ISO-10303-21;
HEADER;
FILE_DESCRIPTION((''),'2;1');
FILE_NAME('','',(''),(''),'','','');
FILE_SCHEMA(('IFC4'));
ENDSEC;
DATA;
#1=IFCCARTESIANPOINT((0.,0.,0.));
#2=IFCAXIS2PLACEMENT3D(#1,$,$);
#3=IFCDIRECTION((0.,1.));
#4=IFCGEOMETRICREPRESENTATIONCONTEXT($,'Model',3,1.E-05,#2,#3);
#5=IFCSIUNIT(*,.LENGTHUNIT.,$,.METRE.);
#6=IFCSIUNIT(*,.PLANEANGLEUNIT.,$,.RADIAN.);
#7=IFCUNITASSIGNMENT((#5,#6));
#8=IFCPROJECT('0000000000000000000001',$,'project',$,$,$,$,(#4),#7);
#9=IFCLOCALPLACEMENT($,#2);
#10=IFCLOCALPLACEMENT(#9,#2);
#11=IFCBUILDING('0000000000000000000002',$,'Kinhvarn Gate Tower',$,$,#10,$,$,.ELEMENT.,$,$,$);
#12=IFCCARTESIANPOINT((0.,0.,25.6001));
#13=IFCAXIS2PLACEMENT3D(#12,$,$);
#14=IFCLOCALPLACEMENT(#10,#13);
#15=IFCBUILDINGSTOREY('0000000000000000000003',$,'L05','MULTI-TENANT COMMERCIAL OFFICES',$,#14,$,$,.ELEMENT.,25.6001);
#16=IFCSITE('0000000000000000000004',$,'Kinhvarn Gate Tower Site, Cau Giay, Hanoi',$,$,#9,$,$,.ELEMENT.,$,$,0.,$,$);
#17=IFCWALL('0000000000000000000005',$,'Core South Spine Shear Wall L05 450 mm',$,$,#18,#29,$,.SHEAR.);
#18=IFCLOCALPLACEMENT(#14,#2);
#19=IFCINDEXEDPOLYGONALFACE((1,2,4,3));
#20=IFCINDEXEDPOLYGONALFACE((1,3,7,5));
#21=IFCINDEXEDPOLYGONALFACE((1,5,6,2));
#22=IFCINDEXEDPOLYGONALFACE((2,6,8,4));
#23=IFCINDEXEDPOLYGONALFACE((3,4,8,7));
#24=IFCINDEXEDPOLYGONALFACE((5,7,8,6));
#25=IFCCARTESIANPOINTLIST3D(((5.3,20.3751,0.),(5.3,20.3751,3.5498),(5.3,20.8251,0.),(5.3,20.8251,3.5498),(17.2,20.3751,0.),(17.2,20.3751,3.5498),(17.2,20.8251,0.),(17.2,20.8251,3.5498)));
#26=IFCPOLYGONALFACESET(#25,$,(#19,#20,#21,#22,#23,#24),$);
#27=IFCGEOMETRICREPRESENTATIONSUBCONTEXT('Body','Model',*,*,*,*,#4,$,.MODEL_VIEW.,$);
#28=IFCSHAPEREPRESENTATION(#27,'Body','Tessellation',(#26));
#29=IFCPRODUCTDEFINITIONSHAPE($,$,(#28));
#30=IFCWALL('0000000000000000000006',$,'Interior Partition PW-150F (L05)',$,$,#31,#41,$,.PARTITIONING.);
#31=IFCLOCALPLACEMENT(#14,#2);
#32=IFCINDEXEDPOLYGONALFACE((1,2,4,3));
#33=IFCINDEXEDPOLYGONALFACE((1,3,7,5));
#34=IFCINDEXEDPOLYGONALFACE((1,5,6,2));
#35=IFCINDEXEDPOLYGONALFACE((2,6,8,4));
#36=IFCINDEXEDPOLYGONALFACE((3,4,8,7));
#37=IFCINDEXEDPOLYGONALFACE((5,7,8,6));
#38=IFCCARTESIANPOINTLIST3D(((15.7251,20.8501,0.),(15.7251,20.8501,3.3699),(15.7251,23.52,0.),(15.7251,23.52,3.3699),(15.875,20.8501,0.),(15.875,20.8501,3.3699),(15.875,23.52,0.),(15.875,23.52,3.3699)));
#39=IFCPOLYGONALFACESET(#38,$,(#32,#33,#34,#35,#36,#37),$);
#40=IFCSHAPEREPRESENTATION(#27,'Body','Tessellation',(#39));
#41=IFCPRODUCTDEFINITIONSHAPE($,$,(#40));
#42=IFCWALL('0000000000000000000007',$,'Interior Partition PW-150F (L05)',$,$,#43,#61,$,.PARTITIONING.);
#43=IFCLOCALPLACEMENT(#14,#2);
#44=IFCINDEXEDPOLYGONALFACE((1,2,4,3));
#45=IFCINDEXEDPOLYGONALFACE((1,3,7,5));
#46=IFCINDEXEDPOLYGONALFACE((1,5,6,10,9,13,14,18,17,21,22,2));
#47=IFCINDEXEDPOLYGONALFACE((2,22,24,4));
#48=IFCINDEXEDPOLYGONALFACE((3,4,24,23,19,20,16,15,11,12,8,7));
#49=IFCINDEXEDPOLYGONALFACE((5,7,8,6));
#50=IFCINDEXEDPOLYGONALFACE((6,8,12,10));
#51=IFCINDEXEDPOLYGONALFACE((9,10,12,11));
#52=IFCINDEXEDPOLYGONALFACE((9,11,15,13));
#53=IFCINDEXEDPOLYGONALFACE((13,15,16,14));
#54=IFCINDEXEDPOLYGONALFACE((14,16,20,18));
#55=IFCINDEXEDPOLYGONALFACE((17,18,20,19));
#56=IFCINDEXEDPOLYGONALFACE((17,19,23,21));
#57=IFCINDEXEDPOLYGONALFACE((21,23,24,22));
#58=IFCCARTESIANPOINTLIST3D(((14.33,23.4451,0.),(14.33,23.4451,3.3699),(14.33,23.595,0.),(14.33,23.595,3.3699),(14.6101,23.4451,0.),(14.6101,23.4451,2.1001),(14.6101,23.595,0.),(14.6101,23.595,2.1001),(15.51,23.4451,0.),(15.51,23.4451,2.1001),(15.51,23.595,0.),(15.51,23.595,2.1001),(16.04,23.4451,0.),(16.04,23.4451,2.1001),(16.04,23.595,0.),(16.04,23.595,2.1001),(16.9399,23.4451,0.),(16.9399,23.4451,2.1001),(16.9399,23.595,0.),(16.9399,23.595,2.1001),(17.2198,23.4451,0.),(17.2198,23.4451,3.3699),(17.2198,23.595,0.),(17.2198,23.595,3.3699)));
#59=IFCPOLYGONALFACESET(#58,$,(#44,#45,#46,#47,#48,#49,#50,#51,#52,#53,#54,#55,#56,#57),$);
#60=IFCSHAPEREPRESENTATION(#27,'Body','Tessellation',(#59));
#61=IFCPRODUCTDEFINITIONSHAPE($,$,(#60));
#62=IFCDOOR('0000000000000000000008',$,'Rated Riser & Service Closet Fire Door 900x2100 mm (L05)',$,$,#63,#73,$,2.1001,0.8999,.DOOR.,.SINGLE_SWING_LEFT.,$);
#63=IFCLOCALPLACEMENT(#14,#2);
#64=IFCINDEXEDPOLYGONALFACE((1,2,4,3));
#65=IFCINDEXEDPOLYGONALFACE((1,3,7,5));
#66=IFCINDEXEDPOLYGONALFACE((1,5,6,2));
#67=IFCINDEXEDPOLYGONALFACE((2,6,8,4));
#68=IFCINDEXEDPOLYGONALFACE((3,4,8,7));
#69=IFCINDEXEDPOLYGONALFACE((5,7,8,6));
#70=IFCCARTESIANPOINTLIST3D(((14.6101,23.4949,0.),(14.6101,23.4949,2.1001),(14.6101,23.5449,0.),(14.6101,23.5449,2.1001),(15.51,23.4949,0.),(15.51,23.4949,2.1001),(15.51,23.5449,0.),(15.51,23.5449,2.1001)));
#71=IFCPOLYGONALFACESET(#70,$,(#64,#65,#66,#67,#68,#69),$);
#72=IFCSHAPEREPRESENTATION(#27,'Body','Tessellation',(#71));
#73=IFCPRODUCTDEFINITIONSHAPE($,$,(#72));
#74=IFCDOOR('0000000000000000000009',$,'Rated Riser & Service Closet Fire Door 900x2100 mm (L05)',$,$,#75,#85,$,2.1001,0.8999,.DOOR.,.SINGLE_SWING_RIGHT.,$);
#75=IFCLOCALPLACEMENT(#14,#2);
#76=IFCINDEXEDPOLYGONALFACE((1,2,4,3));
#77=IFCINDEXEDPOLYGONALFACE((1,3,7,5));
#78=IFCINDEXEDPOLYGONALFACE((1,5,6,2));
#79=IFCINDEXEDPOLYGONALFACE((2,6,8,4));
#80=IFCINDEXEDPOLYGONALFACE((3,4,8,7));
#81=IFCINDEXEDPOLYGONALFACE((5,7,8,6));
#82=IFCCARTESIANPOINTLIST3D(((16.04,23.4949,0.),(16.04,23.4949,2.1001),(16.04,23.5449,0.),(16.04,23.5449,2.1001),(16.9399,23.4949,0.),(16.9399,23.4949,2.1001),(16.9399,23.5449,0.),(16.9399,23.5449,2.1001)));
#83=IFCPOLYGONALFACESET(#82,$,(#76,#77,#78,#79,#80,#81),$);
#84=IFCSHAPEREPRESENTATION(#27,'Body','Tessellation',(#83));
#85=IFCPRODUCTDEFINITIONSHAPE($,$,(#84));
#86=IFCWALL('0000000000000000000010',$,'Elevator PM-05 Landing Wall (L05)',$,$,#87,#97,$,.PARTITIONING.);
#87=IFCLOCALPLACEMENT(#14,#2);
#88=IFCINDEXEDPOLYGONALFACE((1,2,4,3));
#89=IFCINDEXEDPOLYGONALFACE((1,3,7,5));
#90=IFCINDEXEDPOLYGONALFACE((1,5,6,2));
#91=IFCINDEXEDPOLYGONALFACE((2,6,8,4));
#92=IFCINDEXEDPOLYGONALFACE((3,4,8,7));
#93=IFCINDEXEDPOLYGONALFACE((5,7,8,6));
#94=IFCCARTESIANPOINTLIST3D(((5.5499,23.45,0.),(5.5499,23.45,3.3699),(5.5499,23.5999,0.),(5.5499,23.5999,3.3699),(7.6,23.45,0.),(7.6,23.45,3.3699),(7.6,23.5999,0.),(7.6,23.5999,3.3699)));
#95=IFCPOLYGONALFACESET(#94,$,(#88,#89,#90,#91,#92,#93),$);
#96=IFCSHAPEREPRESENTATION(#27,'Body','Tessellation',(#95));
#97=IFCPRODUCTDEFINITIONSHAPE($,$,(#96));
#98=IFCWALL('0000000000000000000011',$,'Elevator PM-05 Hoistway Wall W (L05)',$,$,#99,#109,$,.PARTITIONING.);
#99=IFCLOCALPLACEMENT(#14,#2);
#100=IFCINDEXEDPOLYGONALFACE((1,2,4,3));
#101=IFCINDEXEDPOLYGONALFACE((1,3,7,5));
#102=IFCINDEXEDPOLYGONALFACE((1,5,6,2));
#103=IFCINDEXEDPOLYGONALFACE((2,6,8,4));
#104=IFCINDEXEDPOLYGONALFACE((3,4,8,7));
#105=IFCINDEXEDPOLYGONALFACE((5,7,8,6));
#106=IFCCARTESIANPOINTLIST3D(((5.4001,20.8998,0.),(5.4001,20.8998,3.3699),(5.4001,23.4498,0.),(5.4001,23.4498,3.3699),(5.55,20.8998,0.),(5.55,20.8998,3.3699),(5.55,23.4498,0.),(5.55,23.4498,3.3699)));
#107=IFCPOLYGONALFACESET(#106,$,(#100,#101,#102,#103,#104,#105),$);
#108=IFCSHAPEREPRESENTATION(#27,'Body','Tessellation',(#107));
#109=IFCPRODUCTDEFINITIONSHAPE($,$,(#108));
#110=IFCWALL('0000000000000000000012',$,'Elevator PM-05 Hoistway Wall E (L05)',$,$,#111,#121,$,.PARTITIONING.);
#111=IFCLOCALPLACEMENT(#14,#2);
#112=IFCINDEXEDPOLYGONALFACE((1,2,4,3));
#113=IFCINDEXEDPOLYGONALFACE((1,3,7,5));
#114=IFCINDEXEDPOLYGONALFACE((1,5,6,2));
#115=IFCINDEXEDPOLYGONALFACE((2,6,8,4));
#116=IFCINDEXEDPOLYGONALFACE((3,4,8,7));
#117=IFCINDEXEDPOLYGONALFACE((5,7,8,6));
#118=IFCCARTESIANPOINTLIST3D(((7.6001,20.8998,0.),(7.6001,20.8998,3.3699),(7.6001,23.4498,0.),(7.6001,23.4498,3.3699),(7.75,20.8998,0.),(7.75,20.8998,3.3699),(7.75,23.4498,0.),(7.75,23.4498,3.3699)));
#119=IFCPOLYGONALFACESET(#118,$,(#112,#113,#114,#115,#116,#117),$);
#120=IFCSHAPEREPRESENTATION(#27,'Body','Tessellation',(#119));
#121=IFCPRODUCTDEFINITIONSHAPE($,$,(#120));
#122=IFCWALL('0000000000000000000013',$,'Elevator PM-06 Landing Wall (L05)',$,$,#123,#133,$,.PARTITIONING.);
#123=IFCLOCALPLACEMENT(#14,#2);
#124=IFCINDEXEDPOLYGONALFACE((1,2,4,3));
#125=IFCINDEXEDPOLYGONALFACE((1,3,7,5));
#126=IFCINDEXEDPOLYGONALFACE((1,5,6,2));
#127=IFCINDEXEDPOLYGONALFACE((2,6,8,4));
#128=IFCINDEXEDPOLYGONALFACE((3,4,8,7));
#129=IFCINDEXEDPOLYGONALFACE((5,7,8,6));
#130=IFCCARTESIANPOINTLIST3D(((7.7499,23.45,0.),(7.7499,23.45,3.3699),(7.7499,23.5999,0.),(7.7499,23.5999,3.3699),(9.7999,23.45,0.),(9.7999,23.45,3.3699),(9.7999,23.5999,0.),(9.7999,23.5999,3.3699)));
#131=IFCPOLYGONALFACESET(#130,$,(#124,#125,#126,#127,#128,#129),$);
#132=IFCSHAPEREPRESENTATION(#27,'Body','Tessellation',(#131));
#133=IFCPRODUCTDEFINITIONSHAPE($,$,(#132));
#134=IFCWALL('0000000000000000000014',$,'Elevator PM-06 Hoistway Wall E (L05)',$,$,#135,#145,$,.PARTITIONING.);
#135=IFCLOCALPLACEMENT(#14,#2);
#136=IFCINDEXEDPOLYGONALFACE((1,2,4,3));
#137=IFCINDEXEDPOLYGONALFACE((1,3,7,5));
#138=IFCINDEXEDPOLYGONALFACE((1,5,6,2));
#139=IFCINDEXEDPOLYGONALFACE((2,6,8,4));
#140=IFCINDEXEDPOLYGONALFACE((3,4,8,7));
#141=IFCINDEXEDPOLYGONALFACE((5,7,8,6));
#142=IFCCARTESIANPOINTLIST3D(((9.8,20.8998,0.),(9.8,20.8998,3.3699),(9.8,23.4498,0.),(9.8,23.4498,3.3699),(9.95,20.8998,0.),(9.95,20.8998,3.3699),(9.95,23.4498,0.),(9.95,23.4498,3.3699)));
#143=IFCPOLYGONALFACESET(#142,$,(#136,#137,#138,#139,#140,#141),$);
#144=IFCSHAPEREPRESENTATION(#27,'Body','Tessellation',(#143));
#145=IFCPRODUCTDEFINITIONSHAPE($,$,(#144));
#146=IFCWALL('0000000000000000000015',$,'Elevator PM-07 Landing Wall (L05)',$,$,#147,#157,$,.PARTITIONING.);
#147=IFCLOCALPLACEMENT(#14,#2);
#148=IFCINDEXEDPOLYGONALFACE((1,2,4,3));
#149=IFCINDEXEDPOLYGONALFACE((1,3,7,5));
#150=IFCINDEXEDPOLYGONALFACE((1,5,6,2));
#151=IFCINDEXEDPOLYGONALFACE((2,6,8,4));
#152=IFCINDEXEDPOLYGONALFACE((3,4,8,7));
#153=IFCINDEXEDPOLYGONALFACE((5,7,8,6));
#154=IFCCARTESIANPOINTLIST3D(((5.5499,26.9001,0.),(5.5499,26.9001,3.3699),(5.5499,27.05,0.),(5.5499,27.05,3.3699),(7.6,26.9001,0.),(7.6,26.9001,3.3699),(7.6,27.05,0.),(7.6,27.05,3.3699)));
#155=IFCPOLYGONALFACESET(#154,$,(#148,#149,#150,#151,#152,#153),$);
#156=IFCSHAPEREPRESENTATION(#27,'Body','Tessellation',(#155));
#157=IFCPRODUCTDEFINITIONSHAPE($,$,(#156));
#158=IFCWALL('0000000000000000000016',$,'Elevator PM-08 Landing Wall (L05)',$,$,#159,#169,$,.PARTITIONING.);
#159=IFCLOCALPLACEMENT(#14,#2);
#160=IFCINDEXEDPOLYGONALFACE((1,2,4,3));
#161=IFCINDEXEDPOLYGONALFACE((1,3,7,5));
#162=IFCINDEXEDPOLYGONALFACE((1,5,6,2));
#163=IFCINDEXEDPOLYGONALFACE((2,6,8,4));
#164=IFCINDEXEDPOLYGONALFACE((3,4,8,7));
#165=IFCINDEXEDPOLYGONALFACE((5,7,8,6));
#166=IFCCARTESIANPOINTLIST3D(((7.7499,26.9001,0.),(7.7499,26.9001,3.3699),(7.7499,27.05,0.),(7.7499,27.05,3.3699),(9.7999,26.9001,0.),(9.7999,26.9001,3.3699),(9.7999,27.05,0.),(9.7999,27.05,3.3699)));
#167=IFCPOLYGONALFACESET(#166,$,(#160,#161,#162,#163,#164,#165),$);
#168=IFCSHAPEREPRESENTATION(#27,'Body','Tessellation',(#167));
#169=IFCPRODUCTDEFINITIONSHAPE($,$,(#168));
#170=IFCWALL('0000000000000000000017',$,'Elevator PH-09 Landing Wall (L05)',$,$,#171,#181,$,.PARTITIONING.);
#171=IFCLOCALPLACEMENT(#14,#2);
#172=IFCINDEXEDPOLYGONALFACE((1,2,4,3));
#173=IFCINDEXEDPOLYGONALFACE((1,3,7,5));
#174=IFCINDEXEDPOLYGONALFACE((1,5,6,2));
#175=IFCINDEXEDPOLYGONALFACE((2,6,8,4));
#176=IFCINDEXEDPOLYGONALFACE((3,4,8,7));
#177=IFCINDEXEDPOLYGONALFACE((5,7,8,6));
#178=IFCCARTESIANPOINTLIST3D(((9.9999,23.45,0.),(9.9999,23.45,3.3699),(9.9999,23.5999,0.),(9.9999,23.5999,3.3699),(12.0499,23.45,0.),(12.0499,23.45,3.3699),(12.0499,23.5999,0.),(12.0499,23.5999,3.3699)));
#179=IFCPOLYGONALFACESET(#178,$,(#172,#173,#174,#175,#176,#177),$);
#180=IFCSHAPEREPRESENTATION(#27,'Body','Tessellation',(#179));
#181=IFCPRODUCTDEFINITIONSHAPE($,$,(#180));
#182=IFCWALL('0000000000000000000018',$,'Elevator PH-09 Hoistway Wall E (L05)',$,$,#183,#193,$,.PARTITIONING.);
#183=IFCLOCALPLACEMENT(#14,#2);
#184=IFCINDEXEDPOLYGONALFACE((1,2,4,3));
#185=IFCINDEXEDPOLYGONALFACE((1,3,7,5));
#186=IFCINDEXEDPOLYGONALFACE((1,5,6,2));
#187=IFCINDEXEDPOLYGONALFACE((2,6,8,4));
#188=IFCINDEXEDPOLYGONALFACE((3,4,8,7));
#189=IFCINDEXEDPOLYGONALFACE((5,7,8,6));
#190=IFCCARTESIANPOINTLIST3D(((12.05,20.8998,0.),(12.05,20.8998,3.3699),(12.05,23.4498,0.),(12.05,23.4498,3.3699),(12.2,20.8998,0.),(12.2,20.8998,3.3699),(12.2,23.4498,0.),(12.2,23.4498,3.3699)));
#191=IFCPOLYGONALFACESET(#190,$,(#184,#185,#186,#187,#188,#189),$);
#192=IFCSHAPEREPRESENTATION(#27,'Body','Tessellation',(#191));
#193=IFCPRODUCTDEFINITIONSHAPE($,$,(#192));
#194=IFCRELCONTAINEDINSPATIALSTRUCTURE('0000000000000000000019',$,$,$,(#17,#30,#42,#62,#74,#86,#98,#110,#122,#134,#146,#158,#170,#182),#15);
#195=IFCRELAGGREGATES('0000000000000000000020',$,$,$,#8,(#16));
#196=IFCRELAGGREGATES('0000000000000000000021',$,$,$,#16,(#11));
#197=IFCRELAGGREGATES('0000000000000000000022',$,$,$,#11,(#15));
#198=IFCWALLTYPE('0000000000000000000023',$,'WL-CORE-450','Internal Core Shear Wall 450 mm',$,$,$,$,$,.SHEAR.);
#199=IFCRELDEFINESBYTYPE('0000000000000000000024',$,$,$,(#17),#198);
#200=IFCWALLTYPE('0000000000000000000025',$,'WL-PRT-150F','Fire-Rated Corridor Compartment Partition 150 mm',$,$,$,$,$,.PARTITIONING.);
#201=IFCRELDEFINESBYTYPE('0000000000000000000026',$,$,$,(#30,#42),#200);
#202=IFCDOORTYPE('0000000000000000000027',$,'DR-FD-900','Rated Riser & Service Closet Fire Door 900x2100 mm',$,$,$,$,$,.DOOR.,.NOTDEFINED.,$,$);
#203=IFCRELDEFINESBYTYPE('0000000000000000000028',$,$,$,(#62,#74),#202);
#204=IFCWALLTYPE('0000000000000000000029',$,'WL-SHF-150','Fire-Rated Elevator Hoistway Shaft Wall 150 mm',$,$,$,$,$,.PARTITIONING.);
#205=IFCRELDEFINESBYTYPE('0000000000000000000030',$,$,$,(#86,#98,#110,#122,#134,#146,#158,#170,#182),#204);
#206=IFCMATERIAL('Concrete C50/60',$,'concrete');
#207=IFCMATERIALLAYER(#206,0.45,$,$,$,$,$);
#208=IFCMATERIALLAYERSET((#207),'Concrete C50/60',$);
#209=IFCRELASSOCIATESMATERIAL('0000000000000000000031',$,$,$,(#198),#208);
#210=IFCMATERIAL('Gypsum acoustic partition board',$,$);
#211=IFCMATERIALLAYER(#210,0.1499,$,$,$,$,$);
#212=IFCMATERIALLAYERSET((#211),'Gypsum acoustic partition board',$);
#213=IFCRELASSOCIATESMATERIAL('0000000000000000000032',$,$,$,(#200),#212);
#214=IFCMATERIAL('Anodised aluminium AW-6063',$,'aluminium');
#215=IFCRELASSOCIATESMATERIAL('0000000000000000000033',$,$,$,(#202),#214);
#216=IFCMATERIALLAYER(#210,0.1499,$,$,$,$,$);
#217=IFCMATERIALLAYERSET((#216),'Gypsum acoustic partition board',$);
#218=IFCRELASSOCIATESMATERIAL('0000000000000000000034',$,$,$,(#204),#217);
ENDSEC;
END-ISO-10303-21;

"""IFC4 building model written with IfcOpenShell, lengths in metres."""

from ifc_helpers import new_model, si_unit, direction, frame, frame_2d, origin, place, context, subcontext, project, spatial, rectangle, extrude, material, layer, layer_set, type_object, element, fill, save


model = new_model("IFC4")

# Units and contexts
model_context = context("Model", 3, precision=1e-05, world=origin(), true_north=direction((0.0, 1.0)))
body_context = subcontext(model_context, "Body", "Model", "MODEL_VIEW")
ifc_project = project(units=[si_unit("LENGTHUNIT", "METRE"), si_unit("PLANEANGLEUNIT", "RADIAN")], contexts=[model_context])

# Site, building, storey
site_placement = place(None, origin())
site = spatial("IfcSite", under=ifc_project, at=site_placement, Name="Kinhvarn Gate Tower Site, Cau Giay, Hanoi", CompositionType="ELEMENT", RefElevation=0.0)
building_placement = place(site_placement, origin())
building = spatial("IfcBuilding", under=site, at=building_placement, Name="Kinhvarn Gate Tower", CompositionType="ELEMENT")
storey_placement = place(building_placement, frame((0.0, 0.0, 25.6001)))
storey = spatial("IfcBuildingStorey", under=building, at=storey_placement, Name="L05", Description="MULTI-TENANT COMMERCIAL OFFICES", CompositionType="ELEMENT", Elevation=25.6001)

# Walls
ifc_material_1 = material(Name="Concrete C50/60", Category="concrete")
ifc_layer_1 = layer(ifc_material_1, 0.45)
ifc_layer_set_1 = layer_set([ifc_layer_1], Name="Concrete C50/60")
wall_type_1 = type_object("IfcWallType", Name="WL-CORE-450", Description="Internal Core Shear Wall 450 mm", PredefinedType="SHEAR", material=ifc_layer_set_1)
wall_1_placement = place(storey_placement, frame((5.3, 20.6001, 0.0), z_axis=(0.0, 0.0, 1.0), x_axis=(1.0, 0.0, 0.0)))
element("IfcWall", 1, at=wall_1_placement, inside=storey, type_object=wall_type_1, Name="Core South Spine Shear Wall L05 450 mm", PredefinedType="SHEAR", context=body_context, shape_type="SweptSolid", body=[
    extrude(rectangle(XDim=11.8999, YDim=0.45, at=frame_2d((5.95, 0.0))), origin(), (0.0, 0.0, 1.0), 3.5498),
])
ifc_material_2 = material(Name="Gypsum acoustic partition board")
ifc_layer_2 = layer(ifc_material_2, 0.1499)
ifc_layer_set_2 = layer_set([ifc_layer_2], Name="Gypsum acoustic partition board")
wall_type_2 = type_object("IfcWallType", Name="WL-PRT-150F", Description="Fire-Rated Corridor Compartment Partition 150 mm", PredefinedType="PARTITIONING", material=ifc_layer_set_2)
wall_2_placement = place(storey_placement, frame((15.8, 20.8501, 0.0), z_axis=(0.0, 0.0, 1.0), x_axis=(0.0, 1.0, 0.0)))
element("IfcWall", 2, at=wall_2_placement, inside=storey, type_object=wall_type_2, Name="Interior Partition PW-150F (L05)", PredefinedType="PARTITIONING", context=body_context, shape_type="SweptSolid", body=[
    extrude(rectangle(XDim=2.6699, YDim=0.1499, at=frame_2d((1.335, 0.0))), origin(), (0.0, 0.0, 1.0), 3.3699),
])

# Wall, openings, doors
wall_3_placement = place(storey_placement, frame((14.3301, 23.52, 0.0), z_axis=(0.0, 0.0, 1.0), x_axis=(1.0, 0.0, 0.0)))
wall_3 = element("IfcWall", 3, at=wall_3_placement, inside=storey, type_object=wall_type_2, Name="Interior Partition PW-150F (L05)", PredefinedType="PARTITIONING", context=body_context, shape_type="SweptSolid", body=[
    extrude(rectangle(XDim=2.8899, YDim=0.1499, at=frame_2d((1.4448, 0.0))), origin(), (0.0, 0.0, 1.0), 3.3699),
])
opening_1_placement = place(wall_3_placement, frame((0.28, 0.0, 0.0)))
opening_1 = element("IfcOpeningElement", 4, at=opening_1_placement, cuts=wall_3, PredefinedType="OPENING", context=body_context, shape_type="SweptSolid", body=[
    extrude(rectangle(XDim=0.8999, YDim=2.1001, at=frame_2d((0.45, 1.05))), frame((0.0, 0.085, 0.0), z_axis=(0.0, -1.0, 0.0), x_axis=(1.0, 0.0, 0.0)), (0.0, 0.0, 1.0), 0.1699),
])
opening_2_placement = place(wall_3_placement, frame((1.71, 0.0, 0.0)))
opening_2 = element("IfcOpeningElement", 5, at=opening_2_placement, cuts=wall_3, PredefinedType="OPENING", context=body_context, shape_type="SweptSolid", body=[
    extrude(rectangle(XDim=0.8999, YDim=2.1001, at=frame_2d((0.45, 1.05))), frame((0.0, 0.085, 0.0), z_axis=(0.0, -1.0, 0.0), x_axis=(1.0, 0.0, 0.0)), (0.0, 0.0, 1.0), 0.1699),
])
ifc_material_3 = material(Name="Anodised aluminium AW-6063", Category="aluminium")
door_type_1 = type_object("IfcDoorType", Name="DR-FD-900", Description="Rated Riser & Service Closet Fire Door 900x2100 mm", OperationType="NOTDEFINED", PredefinedType="DOOR", material=ifc_material_3)
door_1_placement = place(opening_1_placement, origin())
door_1 = element("IfcDoor", 6, at=door_1_placement, inside=storey, type_object=door_type_1, Name="Rated Riser & Service Closet Fire Door 900x2100 mm (L05)", OperationType="SINGLE_SWING_LEFT", OverallHeight=2.1001, OverallWidth=0.8999, PredefinedType="DOOR", context=body_context, shape_type="SweptSolid", body=[
    extrude(rectangle(XDim=0.8999, YDim=2.1001, at=frame_2d((0.45, 1.05))), frame((0.0, 0.0249, 0.0), z_axis=(0.0, -1.0, 0.0), x_axis=(1.0, 0.0, 0.0)), (0.0, 0.0, 1.0), 0.05),
])
fill(opening_1, door_1)
door_2_placement = place(opening_2_placement, origin())
door_2 = element("IfcDoor", 7, at=door_2_placement, inside=storey, type_object=door_type_1, Name="Rated Riser & Service Closet Fire Door 900x2100 mm (L05)", OperationType="SINGLE_SWING_RIGHT", OverallHeight=2.1001, OverallWidth=0.8999, PredefinedType="DOOR", context=body_context, shape_type="SweptSolid", body=[
    extrude(rectangle(XDim=0.8999, YDim=2.1001, at=frame_2d((0.45, 1.05))), frame((0.0, 0.0249, 0.0), z_axis=(0.0, -1.0, 0.0), x_axis=(1.0, 0.0, 0.0)), (0.0, 0.0, 1.0), 0.05),
])
fill(opening_2, door_2)

# Walls
ifc_layer_3 = layer(ifc_material_2, 0.1499)
ifc_layer_set_3 = layer_set([ifc_layer_3], Name="Gypsum acoustic partition board")
wall_type_3 = type_object("IfcWallType", Name="WL-SHF-150", Description="Fire-Rated Elevator Hoistway Shaft Wall 150 mm", PredefinedType="PARTITIONING", material=ifc_layer_set_3)
wall_4_placement = place(storey_placement, frame((5.55, 23.5249, 0.0), z_axis=(0.0, 0.0, 1.0), x_axis=(1.0, 0.0, 0.0)))
element("IfcWall", 8, at=wall_4_placement, inside=storey, type_object=wall_type_3, Name="Elevator PM-05 Landing Wall (L05)", PredefinedType="PARTITIONING", context=body_context, shape_type="SweptSolid", body=[
    extrude(rectangle(XDim=2.05, YDim=0.1499, at=frame_2d((1.0249, 0.0))), origin(), (0.0, 0.0, 1.0), 3.3699),
])
for number, where, z_axis, x_axis, name in (
    (9, (5.4751, 20.8999, 0.0), (0.0, 0.0, 1.0), (0.0, 1.0, 0.0), "Elevator PM-05 Hoistway Wall W (L05)"),
    (10, (7.675, 20.8999, 0.0), (0.0, 0.0, 1.0), (0.0, 1.0, 0.0), "Elevator PM-05 Hoistway Wall E (L05)"),
):
    element("IfcWall", number, at=place(storey_placement, frame(where, z_axis=z_axis, x_axis=x_axis)), inside=storey, type_object=wall_type_3, Name=name, PredefinedType="PARTITIONING", context=body_context, shape_type="SweptSolid", body=[
        extrude(rectangle(XDim=2.55, YDim=0.1499, at=frame_2d((1.2749, 0.0))), origin(), (0.0, 0.0, 1.0), 3.3699),
    ])
wall_5_placement = place(storey_placement, frame((7.75, 23.5249, 0.0), z_axis=(0.0, 0.0, 1.0), x_axis=(1.0, 0.0, 0.0)))
element("IfcWall", 11, at=wall_5_placement, inside=storey, type_object=wall_type_3, Name="Elevator PM-06 Landing Wall (L05)", PredefinedType="PARTITIONING", context=body_context, shape_type="SweptSolid", body=[
    extrude(rectangle(XDim=2.05, YDim=0.1499, at=frame_2d((1.0249, 0.0))), origin(), (0.0, 0.0, 1.0), 3.3699),
])
wall_6_placement = place(storey_placement, frame((9.875, 20.8999, 0.0), z_axis=(0.0, 0.0, 1.0), x_axis=(0.0, 1.0, 0.0)))
element("IfcWall", 12, at=wall_6_placement, inside=storey, type_object=wall_type_3, Name="Elevator PM-06 Hoistway Wall E (L05)", PredefinedType="PARTITIONING", context=body_context, shape_type="SweptSolid", body=[
    extrude(rectangle(XDim=2.55, YDim=0.1499, at=frame_2d((1.2749, 0.0))), origin(), (0.0, 0.0, 1.0), 3.3699),
])
for number, where, z_axis, x_axis, name in (
    (13, (5.55, 26.9751, 0.0), (0.0, 0.0, 1.0), (1.0, 0.0, 0.0), "Elevator PM-07 Landing Wall (L05)"),
    (14, (7.75, 26.9751, 0.0), (0.0, 0.0, 1.0), (1.0, 0.0, 0.0), "Elevator PM-08 Landing Wall (L05)"),
    (15, (10.0, 23.5249, 0.0), (0.0, 0.0, 1.0), (1.0, 0.0, 0.0), "Elevator PH-09 Landing Wall (L05)"),
):
    element("IfcWall", number, at=place(storey_placement, frame(where, z_axis=z_axis, x_axis=x_axis)), inside=storey, type_object=wall_type_3, Name=name, PredefinedType="PARTITIONING", context=body_context, shape_type="SweptSolid", body=[
        extrude(rectangle(XDim=2.05, YDim=0.1499, at=frame_2d((1.0249, 0.0))), origin(), (0.0, 0.0, 1.0), 3.3699),
    ])
wall_7_placement = place(storey_placement, frame((12.125, 20.8999, 0.0), z_axis=(0.0, 0.0, 1.0), x_axis=(0.0, 1.0, 0.0)))
element("IfcWall", 16, at=wall_7_placement, inside=storey, type_object=wall_type_3, Name="Elevator PH-09 Hoistway Wall E (L05)", PredefinedType="PARTITIONING", context=body_context, shape_type="SweptSolid", body=[
    extrude(rectangle(XDim=2.55, YDim=0.1499, at=frame_2d((1.2749, 0.0))), origin(), (0.0, 0.0, 1.0), 3.3699),
])

save(model, "model.ifc")
